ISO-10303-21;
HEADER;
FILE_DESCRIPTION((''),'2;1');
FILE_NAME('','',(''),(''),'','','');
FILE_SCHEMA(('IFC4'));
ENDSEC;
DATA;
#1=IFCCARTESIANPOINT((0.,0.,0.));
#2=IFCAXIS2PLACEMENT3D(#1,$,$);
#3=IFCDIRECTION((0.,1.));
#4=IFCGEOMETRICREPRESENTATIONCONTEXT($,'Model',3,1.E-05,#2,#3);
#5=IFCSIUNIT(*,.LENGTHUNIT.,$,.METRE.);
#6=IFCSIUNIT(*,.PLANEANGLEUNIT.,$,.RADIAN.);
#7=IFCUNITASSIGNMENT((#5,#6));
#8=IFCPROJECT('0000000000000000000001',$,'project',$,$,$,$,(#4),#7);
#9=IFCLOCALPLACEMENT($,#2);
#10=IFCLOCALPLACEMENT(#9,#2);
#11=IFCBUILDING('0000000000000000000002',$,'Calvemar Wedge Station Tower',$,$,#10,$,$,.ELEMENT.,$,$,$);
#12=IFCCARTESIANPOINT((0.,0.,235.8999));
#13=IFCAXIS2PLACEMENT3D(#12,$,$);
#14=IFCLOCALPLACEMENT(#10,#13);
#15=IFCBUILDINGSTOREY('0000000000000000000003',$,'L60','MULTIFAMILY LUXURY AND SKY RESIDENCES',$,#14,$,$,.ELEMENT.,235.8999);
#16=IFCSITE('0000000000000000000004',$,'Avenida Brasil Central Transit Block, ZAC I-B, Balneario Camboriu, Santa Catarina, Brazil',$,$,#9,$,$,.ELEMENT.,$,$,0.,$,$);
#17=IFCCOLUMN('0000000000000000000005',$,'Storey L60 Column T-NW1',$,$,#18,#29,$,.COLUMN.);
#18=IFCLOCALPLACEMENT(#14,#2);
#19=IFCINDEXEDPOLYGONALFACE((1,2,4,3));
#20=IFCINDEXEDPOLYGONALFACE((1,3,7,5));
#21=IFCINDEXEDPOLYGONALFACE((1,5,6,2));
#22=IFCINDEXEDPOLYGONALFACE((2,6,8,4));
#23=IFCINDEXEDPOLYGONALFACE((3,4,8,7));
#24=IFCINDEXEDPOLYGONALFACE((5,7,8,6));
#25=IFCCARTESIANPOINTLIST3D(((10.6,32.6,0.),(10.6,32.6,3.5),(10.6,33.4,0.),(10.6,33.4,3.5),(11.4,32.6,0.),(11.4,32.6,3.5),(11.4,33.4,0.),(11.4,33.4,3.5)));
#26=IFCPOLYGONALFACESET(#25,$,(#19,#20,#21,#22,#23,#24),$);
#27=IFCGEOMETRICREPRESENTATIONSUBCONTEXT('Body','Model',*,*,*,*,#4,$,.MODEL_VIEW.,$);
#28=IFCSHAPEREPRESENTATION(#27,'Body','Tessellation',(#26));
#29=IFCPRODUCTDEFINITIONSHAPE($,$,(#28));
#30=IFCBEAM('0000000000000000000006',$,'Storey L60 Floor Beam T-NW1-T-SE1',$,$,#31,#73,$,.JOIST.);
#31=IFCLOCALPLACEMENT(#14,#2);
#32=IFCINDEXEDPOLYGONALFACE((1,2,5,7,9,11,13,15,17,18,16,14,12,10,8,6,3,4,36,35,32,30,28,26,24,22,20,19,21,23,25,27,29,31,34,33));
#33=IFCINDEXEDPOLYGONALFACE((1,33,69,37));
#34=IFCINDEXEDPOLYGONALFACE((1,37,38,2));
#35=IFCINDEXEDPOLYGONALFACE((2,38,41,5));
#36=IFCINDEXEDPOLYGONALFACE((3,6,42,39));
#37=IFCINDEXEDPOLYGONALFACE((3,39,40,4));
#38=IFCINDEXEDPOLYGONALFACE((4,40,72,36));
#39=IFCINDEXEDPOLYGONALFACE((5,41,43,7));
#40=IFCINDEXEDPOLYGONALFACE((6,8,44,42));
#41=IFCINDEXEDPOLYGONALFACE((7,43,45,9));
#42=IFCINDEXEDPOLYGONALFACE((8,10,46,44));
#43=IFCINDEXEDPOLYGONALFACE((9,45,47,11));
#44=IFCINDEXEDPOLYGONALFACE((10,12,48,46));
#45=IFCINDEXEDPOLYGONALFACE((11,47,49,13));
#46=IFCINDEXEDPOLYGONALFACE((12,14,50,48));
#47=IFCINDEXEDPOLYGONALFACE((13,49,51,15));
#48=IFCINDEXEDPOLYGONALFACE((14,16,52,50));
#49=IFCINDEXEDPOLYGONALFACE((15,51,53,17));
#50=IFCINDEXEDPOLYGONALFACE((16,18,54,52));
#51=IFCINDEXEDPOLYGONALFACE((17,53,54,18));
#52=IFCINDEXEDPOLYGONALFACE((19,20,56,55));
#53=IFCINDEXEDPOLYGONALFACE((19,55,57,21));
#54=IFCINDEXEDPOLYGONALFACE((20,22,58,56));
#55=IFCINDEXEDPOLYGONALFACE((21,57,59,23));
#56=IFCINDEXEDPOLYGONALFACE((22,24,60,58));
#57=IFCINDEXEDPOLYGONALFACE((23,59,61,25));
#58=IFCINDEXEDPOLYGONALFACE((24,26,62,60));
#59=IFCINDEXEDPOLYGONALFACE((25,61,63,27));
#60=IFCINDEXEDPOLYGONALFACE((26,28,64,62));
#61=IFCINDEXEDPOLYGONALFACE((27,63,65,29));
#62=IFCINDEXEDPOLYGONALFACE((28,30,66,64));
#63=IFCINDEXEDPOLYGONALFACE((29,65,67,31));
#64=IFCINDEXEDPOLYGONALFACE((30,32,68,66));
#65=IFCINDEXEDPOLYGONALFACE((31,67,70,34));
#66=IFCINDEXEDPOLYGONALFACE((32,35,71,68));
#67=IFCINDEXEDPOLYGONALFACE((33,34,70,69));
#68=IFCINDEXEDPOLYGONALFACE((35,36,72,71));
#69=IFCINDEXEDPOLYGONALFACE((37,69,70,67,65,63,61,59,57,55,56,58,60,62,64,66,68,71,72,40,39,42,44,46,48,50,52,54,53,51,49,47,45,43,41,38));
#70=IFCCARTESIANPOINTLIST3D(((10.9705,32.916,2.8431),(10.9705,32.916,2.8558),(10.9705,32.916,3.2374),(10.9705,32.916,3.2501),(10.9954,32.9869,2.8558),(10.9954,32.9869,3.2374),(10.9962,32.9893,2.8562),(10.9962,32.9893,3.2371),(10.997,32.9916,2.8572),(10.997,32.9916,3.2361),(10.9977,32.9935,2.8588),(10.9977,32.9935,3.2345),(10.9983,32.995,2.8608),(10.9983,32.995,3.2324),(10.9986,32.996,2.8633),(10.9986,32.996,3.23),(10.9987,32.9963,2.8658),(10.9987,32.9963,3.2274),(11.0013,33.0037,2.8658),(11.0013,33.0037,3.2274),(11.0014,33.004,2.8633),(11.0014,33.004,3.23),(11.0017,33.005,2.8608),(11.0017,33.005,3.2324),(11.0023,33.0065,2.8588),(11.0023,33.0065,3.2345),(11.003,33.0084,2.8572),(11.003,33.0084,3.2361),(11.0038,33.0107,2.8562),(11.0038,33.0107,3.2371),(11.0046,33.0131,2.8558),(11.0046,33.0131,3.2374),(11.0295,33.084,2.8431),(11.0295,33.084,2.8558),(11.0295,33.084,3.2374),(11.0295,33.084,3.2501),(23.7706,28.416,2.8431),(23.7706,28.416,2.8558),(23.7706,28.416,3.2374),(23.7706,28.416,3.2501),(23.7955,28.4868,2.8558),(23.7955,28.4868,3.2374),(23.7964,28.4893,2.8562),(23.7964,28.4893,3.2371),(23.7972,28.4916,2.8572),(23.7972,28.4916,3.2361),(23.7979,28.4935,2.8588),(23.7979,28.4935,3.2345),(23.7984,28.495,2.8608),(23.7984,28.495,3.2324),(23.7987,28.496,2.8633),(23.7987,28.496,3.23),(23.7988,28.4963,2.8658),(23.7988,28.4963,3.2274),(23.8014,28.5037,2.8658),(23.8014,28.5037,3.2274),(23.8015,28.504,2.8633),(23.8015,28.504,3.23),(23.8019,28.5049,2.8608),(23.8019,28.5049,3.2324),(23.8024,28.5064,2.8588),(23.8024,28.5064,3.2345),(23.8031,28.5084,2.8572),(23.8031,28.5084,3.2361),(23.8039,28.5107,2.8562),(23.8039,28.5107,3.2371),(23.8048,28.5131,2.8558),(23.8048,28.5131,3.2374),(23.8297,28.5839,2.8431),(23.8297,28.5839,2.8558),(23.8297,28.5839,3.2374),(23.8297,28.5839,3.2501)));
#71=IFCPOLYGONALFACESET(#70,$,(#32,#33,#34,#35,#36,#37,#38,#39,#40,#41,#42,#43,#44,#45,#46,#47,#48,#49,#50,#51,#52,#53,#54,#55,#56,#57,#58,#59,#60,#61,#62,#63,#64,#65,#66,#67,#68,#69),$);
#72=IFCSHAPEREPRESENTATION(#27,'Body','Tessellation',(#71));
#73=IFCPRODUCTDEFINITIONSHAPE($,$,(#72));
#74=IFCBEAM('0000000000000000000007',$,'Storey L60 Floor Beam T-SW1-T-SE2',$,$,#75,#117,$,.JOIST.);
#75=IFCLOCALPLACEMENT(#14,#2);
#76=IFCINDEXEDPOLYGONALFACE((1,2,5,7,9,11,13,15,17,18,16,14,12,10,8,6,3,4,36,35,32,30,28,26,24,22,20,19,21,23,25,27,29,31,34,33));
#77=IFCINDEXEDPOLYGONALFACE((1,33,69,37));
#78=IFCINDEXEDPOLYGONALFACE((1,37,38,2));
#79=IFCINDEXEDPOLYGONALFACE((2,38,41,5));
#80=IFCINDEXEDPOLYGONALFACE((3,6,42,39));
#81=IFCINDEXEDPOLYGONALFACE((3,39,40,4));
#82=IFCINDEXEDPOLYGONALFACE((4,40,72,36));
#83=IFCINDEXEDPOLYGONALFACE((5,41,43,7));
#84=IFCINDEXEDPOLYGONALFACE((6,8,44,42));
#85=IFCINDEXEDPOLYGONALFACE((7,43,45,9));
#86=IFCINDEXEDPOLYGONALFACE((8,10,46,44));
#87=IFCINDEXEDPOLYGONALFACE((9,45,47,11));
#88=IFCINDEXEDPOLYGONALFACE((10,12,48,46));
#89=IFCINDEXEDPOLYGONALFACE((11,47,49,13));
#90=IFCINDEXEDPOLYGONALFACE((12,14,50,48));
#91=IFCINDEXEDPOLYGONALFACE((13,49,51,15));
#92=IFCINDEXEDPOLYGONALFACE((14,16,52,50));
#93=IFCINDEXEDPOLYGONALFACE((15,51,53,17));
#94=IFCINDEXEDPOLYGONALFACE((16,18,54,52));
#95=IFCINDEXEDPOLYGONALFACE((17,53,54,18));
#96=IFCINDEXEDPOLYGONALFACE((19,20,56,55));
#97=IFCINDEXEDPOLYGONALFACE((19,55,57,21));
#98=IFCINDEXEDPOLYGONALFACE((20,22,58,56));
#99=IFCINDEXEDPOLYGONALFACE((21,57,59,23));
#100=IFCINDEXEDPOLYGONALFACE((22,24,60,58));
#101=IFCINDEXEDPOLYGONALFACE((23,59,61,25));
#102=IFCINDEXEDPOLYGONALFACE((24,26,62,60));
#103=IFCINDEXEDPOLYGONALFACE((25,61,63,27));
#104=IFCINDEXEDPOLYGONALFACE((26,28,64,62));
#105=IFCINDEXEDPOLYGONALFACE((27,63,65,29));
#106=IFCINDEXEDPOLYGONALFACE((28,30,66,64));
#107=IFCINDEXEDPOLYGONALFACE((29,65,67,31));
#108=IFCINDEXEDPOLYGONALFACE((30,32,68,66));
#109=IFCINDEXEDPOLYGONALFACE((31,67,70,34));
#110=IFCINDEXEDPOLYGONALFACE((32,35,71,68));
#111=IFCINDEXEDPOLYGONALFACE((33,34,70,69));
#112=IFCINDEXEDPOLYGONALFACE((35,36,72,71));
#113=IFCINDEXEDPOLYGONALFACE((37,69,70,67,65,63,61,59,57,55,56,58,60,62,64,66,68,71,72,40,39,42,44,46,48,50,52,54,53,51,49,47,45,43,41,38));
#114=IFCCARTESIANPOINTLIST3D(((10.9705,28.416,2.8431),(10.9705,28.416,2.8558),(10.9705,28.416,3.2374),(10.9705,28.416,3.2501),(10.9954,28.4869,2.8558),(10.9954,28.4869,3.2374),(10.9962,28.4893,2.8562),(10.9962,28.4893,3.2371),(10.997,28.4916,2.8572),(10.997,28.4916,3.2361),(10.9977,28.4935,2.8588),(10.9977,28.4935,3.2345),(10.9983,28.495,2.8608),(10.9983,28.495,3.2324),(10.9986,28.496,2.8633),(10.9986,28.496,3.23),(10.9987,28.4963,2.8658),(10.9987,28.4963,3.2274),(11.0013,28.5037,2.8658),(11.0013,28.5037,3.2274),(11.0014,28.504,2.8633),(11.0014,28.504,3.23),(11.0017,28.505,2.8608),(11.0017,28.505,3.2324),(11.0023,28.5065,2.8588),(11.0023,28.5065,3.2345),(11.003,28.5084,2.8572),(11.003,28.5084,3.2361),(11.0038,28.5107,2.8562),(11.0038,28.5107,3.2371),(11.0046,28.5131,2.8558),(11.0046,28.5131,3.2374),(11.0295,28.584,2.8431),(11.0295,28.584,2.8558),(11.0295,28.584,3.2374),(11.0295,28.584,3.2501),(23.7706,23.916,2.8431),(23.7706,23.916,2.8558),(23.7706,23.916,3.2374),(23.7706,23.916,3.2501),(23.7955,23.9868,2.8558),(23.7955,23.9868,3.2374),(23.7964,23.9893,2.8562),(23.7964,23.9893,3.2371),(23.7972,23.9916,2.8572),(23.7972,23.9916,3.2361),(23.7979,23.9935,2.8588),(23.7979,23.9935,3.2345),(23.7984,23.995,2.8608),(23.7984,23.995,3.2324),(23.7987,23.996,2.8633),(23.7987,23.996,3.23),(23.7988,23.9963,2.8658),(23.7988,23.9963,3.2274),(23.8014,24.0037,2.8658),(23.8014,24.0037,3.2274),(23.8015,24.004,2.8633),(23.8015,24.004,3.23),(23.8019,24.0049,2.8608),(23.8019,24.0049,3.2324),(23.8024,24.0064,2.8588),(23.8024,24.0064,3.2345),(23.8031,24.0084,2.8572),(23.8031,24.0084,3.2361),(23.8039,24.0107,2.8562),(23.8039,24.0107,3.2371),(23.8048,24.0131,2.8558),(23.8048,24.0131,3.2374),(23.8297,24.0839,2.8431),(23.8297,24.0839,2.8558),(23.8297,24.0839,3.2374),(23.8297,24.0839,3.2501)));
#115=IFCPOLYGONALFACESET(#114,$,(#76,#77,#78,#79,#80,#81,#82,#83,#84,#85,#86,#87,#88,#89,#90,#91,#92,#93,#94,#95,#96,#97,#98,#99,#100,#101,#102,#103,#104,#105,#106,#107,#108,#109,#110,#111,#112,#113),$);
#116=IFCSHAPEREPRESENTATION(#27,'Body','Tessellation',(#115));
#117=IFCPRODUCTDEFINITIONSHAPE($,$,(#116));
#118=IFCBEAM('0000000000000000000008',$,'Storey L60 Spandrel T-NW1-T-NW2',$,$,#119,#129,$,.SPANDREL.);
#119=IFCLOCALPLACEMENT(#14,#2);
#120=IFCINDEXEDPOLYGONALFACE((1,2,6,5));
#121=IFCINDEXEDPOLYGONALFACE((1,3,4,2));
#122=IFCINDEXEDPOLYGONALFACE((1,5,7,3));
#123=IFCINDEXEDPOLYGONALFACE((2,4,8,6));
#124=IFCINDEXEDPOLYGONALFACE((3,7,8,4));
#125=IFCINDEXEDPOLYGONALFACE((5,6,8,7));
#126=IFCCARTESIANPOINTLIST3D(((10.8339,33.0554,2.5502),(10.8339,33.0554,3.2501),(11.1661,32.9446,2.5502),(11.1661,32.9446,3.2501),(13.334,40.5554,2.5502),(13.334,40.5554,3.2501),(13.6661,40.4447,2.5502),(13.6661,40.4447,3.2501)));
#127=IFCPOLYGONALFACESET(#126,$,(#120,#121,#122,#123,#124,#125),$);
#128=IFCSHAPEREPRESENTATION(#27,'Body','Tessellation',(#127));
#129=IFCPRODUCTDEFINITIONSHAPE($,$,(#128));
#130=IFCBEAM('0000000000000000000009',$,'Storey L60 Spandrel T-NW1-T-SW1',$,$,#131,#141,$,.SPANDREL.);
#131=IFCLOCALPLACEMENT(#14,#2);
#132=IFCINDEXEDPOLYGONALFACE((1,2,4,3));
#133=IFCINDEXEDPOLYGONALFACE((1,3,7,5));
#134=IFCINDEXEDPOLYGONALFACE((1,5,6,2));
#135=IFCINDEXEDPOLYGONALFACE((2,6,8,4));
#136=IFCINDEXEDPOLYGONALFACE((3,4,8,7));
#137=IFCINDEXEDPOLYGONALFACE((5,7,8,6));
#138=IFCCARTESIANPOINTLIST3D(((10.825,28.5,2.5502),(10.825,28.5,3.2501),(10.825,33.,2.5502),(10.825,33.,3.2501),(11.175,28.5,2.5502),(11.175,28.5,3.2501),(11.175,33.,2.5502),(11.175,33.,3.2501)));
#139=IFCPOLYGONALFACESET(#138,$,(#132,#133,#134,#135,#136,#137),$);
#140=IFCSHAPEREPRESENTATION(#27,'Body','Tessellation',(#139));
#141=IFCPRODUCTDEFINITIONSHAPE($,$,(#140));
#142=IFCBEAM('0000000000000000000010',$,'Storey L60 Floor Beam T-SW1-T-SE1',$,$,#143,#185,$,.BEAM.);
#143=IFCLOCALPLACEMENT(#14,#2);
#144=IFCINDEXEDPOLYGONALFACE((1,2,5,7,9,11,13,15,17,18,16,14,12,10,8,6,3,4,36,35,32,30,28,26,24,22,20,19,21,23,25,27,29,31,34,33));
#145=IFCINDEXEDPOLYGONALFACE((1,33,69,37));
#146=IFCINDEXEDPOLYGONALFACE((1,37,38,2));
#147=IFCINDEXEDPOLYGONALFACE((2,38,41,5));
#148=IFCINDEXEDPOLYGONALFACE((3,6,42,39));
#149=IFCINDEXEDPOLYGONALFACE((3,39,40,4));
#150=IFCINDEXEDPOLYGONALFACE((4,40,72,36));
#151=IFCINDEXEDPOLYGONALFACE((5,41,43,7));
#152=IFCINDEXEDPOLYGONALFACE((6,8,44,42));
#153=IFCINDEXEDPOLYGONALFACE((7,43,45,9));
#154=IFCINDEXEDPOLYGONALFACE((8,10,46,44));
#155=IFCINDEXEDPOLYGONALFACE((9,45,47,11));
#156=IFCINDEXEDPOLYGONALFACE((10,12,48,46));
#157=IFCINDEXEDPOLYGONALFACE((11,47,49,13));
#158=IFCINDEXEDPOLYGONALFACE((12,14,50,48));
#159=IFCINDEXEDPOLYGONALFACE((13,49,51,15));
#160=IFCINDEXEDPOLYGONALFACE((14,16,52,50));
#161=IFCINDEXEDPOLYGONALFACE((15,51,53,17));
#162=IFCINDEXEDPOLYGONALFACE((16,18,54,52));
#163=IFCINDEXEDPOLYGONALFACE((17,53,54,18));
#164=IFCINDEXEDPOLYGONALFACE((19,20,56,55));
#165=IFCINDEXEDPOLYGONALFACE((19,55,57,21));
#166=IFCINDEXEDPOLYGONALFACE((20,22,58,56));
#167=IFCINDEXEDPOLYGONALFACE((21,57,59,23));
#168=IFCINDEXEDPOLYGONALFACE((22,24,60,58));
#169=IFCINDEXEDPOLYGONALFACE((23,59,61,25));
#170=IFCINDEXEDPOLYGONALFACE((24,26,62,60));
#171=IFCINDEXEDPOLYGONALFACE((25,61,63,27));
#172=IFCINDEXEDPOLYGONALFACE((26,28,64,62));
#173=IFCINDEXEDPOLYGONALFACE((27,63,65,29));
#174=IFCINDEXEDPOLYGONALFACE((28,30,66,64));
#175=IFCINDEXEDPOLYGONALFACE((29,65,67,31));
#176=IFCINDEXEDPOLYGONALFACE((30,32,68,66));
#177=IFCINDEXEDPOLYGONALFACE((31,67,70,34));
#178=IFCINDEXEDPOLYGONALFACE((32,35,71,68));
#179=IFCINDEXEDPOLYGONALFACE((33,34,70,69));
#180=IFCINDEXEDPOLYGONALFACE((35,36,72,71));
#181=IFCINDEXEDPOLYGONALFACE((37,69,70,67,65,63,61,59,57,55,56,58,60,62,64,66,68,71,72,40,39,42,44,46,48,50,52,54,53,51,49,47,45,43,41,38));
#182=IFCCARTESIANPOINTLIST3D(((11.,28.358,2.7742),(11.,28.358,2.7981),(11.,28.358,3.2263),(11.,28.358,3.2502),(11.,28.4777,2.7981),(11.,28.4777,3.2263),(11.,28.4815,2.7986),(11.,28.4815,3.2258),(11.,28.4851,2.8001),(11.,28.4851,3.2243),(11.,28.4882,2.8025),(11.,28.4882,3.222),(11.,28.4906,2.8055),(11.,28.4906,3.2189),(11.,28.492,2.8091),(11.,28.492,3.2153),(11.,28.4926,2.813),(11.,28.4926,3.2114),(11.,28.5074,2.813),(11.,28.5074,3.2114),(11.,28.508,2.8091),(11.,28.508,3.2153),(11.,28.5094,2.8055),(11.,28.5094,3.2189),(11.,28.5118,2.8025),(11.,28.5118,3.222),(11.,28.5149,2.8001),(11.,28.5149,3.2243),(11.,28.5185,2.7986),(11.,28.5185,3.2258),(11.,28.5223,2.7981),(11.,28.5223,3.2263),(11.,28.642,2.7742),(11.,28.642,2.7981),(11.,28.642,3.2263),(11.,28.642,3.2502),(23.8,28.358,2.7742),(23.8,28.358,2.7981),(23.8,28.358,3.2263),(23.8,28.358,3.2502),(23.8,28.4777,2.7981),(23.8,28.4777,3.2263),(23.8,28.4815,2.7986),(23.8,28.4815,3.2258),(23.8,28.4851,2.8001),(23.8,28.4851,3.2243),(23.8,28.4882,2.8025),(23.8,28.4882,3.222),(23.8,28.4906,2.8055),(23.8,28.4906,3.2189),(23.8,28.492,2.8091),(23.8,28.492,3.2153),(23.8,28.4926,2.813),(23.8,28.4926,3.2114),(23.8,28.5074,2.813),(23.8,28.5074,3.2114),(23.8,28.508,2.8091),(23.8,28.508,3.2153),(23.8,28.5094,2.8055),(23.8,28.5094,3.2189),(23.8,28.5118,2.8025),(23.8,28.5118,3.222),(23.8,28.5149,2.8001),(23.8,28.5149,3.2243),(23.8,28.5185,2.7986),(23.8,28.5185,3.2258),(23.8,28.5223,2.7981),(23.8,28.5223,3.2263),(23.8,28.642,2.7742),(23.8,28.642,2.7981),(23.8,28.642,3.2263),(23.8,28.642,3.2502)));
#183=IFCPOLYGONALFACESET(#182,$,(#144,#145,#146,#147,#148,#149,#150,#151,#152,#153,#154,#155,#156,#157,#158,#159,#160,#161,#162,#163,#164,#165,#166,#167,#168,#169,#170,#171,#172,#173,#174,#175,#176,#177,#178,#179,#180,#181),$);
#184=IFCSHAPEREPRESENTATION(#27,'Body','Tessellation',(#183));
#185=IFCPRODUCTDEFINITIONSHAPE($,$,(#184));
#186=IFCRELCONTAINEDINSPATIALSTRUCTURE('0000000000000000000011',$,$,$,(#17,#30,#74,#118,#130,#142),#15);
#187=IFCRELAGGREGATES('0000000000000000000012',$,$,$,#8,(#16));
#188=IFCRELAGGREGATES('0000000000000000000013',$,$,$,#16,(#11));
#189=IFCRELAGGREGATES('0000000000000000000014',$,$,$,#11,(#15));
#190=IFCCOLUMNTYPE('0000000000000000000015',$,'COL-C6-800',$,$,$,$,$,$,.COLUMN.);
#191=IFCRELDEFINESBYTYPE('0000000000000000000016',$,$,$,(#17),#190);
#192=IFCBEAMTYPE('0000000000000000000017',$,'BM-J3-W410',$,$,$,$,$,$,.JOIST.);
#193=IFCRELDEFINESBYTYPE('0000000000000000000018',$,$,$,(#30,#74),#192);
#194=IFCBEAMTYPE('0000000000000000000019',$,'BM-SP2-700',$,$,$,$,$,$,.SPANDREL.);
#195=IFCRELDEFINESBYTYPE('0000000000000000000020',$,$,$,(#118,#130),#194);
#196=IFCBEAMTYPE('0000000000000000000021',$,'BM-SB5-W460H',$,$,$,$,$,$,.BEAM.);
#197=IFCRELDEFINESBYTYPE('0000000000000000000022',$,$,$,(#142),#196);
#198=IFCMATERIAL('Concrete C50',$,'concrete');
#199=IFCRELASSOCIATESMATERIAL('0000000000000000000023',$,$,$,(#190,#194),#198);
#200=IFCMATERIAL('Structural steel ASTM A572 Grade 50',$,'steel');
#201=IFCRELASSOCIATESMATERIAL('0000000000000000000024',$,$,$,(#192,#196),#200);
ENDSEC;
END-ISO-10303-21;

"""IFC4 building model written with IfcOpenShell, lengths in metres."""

from ifc_helpers import new_model, si_unit, direction, frame, origin, origin_2d, place, context, subcontext, project, spatial, rectangle, i_section, extrude, source, transform, mapped, material, material_profile, profile_set, type_object, element, save


model = new_model("IFC4")

# Units and contexts
model_context = context("Model", 3, precision=1e-05, world=origin(), true_north=direction((0.0, 1.0)))
body_context = subcontext(model_context, "Body", "Model", "MODEL_VIEW")
ifc_project = project(units=[si_unit("LENGTHUNIT", "METRE"), si_unit("PLANEANGLEUNIT", "RADIAN")], contexts=[model_context])

# Site, building, storey
site_placement = place(None, origin())
site = spatial("IfcSite", under=ifc_project, at=site_placement, Name="Avenida Brasil Central Transit Block, ZAC I-B, Balneario Camboriu, Santa Catarina, Brazil", CompositionType="ELEMENT", RefElevation=0.0)
building_placement = place(site_placement, origin())
building = spatial("IfcBuilding", under=site, at=building_placement, Name="Calvemar Wedge Station Tower", CompositionType="ELEMENT")
storey_placement = place(building_placement, frame((0.0, 0.0, 235.8999)))
storey = spatial("IfcBuildingStorey", under=building, at=storey_placement, Name="L60", Description="MULTIFAMILY LUXURY AND SKY RESIDENCES", CompositionType="ELEMENT", Elevation=235.8999)

# Column
ifc_material_1 = material(Name="Concrete C50", Category="concrete")
ifc_material_profile_1 = material_profile(ifc_material_1, rectangle(XDim=0.8, YDim=0.8, at=origin_2d()), Name="RC800x800")
ifc_profile_set_1 = profile_set([ifc_material_profile_1], Name="Concrete C50")
column_type = type_object("IfcColumnType", Name="COL-C6-800", PredefinedType="COLUMN", material=ifc_profile_set_1)
shared_shape_1 = source(origin(), body_context, "Body", "SweptSolid", [
    extrude(rectangle(XDim=0.8, YDim=0.8, at=origin_2d()), origin(), (0.0, 0.0, 1.0), 3.5),
])
column_placement = place(storey_placement, frame((11.0, 33.0, 0.0), z_axis=(0.0, 0.0, 1.0), x_axis=(1.0, 0.0, 0.0)))
element("IfcColumn", 1, at=column_placement, inside=storey, type_object=column_type, Name="Storey L60 Column T-NW1", PredefinedType="COLUMN", context=body_context, shape_type="MappedRepresentation", body=[
    mapped(shared_shape_1, transform((0.0, 0.0, 0.0), scale=1.0)),
])

# Beams
ifc_material_2 = material(Name="Structural steel ASTM A572 Grade 50", Category="steel")
ifc_material_profile_2 = material_profile(ifc_material_2, i_section(OverallWidth=0.178, OverallDepth=0.407, WebThickness=0.0078, FlangeThickness=0.0127, FilletRadius=0.01, at=origin_2d()), Name="W410x60")
ifc_profile_set_2 = profile_set([ifc_material_profile_2], Name="Structural steel ASTM A572 Grade 50")
beam_type_1 = type_object("IfcBeamType", Name="BM-J3-W410", PredefinedType="JOIST", material=ifc_profile_set_2)
shared_shape_2 = source(origin(), body_context, "Body", "SweptSolid", [
    extrude(i_section(OverallWidth=0.178, OverallDepth=0.407, WebThickness=0.0078, FlangeThickness=0.0127, FilletRadius=0.01, at=origin_2d()), origin(), (0.0, 0.0, 1.0), 13.5681),
])
for number, where, z_axis, x_axis, name in (
    (2, (11.0, 33.0, 3.0466), (0.943398, -0.331662, 0.0), (0.331662, 0.943398, 0.0), "Storey L60 Floor Beam T-NW1-T-SE1"),
    (3, (11.0, 28.5, 3.0466), (0.943398, -0.331662, 0.0), (0.331662, 0.943398, 0.0), "Storey L60 Floor Beam T-SW1-T-SE2"),
):
    element("IfcBeam", number, at=place(storey_placement, frame(where, z_axis=z_axis, x_axis=x_axis)), inside=storey, type_object=beam_type_1, Name=name, PredefinedType="JOIST", context=body_context, shape_type="MappedRepresentation", body=[
        mapped(shared_shape_2, transform((0.0, 0.0, 0.0), scale=1.0)),
    ])
ifc_material_profile_3 = material_profile(ifc_material_1, rectangle(XDim=0.3501, YDim=0.7, at=origin_2d()), Name="RC350x700")
ifc_profile_set_3 = profile_set([ifc_material_profile_3], Name="Concrete C50")
beam_type_2 = type_object("IfcBeamType", Name="BM-SP2-700", PredefinedType="SPANDREL", material=ifc_profile_set_3)
shared_shape_3 = source(origin(), body_context, "Body", "SweptSolid", [
    extrude(rectangle(XDim=0.3501, YDim=0.7, at=origin_2d()), origin(), (0.0, 0.0, 1.0), 7.9058),
])
beam_1_placement = place(storey_placement, frame((11.0, 33.0, 2.9001), z_axis=(0.316228, 0.948683, 0.0), x_axis=(-0.948683, 0.316228, 0.0)))
element("IfcBeam", 4, at=beam_1_placement, inside=storey, type_object=beam_type_2, Name="Storey L60 Spandrel T-NW1-T-NW2", PredefinedType="SPANDREL", context=body_context, shape_type="MappedRepresentation", body=[
    mapped(shared_shape_3, transform((0.0, 0.0, 0.0), scale=1.0)),
])
shared_shape_4 = source(origin(), body_context, "Body", "SweptSolid", [
    extrude(rectangle(XDim=0.3501, YDim=0.7, at=origin_2d()), origin(), (0.0, 0.0, 1.0), 4.5),
])
beam_2_placement = place(storey_placement, frame((11.0, 33.0, 2.9001), z_axis=(0.0, -1.0, 0.0), x_axis=(1.0, 0.0, 0.0)))
element("IfcBeam", 5, at=beam_2_placement, inside=storey, type_object=beam_type_2, Name="Storey L60 Spandrel T-NW1-T-SW1", PredefinedType="SPANDREL", context=body_context, shape_type="MappedRepresentation", body=[
    mapped(shared_shape_4, transform((0.0, 0.0, 0.0), scale=1.0)),
])
ifc_material_profile_4 = material_profile(ifc_material_2, i_section(OverallWidth=0.2839, OverallDepth=0.4761, WebThickness=0.0149, FlangeThickness=0.0239, FilletRadius=0.0149, at=origin_2d()), Name="W460x158")
ifc_profile_set_4 = profile_set([ifc_material_profile_4], Name="Structural steel ASTM A572 Grade 50")
beam_type_3 = type_object("IfcBeamType", Name="BM-SB5-W460H", PredefinedType="BEAM", material=ifc_profile_set_4)
shared_shape_5 = source(origin(), body_context, "Body", "SweptSolid", [
    extrude(i_section(OverallWidth=0.2839, OverallDepth=0.4761, WebThickness=0.0149, FlangeThickness=0.0239, FilletRadius=0.0149, at=origin_2d()), origin(), (0.0, 0.0, 1.0), 12.8),
])
beam_3_placement = place(storey_placement, frame((11.0, 28.5, 3.0122), z_axis=(1.0, 0.0, 0.0), x_axis=(0.0, 1.0, 0.0)))
element("IfcBeam", 6, at=beam_3_placement, inside=storey, type_object=beam_type_3, Name="Storey L60 Floor Beam T-SW1-T-SE1", PredefinedType="BEAM", context=body_context, shape_type="MappedRepresentation", body=[
    mapped(shared_shape_5, transform((0.0, 0.0, 0.0), scale=1.0)),
])

save(model, "model.ifc")
